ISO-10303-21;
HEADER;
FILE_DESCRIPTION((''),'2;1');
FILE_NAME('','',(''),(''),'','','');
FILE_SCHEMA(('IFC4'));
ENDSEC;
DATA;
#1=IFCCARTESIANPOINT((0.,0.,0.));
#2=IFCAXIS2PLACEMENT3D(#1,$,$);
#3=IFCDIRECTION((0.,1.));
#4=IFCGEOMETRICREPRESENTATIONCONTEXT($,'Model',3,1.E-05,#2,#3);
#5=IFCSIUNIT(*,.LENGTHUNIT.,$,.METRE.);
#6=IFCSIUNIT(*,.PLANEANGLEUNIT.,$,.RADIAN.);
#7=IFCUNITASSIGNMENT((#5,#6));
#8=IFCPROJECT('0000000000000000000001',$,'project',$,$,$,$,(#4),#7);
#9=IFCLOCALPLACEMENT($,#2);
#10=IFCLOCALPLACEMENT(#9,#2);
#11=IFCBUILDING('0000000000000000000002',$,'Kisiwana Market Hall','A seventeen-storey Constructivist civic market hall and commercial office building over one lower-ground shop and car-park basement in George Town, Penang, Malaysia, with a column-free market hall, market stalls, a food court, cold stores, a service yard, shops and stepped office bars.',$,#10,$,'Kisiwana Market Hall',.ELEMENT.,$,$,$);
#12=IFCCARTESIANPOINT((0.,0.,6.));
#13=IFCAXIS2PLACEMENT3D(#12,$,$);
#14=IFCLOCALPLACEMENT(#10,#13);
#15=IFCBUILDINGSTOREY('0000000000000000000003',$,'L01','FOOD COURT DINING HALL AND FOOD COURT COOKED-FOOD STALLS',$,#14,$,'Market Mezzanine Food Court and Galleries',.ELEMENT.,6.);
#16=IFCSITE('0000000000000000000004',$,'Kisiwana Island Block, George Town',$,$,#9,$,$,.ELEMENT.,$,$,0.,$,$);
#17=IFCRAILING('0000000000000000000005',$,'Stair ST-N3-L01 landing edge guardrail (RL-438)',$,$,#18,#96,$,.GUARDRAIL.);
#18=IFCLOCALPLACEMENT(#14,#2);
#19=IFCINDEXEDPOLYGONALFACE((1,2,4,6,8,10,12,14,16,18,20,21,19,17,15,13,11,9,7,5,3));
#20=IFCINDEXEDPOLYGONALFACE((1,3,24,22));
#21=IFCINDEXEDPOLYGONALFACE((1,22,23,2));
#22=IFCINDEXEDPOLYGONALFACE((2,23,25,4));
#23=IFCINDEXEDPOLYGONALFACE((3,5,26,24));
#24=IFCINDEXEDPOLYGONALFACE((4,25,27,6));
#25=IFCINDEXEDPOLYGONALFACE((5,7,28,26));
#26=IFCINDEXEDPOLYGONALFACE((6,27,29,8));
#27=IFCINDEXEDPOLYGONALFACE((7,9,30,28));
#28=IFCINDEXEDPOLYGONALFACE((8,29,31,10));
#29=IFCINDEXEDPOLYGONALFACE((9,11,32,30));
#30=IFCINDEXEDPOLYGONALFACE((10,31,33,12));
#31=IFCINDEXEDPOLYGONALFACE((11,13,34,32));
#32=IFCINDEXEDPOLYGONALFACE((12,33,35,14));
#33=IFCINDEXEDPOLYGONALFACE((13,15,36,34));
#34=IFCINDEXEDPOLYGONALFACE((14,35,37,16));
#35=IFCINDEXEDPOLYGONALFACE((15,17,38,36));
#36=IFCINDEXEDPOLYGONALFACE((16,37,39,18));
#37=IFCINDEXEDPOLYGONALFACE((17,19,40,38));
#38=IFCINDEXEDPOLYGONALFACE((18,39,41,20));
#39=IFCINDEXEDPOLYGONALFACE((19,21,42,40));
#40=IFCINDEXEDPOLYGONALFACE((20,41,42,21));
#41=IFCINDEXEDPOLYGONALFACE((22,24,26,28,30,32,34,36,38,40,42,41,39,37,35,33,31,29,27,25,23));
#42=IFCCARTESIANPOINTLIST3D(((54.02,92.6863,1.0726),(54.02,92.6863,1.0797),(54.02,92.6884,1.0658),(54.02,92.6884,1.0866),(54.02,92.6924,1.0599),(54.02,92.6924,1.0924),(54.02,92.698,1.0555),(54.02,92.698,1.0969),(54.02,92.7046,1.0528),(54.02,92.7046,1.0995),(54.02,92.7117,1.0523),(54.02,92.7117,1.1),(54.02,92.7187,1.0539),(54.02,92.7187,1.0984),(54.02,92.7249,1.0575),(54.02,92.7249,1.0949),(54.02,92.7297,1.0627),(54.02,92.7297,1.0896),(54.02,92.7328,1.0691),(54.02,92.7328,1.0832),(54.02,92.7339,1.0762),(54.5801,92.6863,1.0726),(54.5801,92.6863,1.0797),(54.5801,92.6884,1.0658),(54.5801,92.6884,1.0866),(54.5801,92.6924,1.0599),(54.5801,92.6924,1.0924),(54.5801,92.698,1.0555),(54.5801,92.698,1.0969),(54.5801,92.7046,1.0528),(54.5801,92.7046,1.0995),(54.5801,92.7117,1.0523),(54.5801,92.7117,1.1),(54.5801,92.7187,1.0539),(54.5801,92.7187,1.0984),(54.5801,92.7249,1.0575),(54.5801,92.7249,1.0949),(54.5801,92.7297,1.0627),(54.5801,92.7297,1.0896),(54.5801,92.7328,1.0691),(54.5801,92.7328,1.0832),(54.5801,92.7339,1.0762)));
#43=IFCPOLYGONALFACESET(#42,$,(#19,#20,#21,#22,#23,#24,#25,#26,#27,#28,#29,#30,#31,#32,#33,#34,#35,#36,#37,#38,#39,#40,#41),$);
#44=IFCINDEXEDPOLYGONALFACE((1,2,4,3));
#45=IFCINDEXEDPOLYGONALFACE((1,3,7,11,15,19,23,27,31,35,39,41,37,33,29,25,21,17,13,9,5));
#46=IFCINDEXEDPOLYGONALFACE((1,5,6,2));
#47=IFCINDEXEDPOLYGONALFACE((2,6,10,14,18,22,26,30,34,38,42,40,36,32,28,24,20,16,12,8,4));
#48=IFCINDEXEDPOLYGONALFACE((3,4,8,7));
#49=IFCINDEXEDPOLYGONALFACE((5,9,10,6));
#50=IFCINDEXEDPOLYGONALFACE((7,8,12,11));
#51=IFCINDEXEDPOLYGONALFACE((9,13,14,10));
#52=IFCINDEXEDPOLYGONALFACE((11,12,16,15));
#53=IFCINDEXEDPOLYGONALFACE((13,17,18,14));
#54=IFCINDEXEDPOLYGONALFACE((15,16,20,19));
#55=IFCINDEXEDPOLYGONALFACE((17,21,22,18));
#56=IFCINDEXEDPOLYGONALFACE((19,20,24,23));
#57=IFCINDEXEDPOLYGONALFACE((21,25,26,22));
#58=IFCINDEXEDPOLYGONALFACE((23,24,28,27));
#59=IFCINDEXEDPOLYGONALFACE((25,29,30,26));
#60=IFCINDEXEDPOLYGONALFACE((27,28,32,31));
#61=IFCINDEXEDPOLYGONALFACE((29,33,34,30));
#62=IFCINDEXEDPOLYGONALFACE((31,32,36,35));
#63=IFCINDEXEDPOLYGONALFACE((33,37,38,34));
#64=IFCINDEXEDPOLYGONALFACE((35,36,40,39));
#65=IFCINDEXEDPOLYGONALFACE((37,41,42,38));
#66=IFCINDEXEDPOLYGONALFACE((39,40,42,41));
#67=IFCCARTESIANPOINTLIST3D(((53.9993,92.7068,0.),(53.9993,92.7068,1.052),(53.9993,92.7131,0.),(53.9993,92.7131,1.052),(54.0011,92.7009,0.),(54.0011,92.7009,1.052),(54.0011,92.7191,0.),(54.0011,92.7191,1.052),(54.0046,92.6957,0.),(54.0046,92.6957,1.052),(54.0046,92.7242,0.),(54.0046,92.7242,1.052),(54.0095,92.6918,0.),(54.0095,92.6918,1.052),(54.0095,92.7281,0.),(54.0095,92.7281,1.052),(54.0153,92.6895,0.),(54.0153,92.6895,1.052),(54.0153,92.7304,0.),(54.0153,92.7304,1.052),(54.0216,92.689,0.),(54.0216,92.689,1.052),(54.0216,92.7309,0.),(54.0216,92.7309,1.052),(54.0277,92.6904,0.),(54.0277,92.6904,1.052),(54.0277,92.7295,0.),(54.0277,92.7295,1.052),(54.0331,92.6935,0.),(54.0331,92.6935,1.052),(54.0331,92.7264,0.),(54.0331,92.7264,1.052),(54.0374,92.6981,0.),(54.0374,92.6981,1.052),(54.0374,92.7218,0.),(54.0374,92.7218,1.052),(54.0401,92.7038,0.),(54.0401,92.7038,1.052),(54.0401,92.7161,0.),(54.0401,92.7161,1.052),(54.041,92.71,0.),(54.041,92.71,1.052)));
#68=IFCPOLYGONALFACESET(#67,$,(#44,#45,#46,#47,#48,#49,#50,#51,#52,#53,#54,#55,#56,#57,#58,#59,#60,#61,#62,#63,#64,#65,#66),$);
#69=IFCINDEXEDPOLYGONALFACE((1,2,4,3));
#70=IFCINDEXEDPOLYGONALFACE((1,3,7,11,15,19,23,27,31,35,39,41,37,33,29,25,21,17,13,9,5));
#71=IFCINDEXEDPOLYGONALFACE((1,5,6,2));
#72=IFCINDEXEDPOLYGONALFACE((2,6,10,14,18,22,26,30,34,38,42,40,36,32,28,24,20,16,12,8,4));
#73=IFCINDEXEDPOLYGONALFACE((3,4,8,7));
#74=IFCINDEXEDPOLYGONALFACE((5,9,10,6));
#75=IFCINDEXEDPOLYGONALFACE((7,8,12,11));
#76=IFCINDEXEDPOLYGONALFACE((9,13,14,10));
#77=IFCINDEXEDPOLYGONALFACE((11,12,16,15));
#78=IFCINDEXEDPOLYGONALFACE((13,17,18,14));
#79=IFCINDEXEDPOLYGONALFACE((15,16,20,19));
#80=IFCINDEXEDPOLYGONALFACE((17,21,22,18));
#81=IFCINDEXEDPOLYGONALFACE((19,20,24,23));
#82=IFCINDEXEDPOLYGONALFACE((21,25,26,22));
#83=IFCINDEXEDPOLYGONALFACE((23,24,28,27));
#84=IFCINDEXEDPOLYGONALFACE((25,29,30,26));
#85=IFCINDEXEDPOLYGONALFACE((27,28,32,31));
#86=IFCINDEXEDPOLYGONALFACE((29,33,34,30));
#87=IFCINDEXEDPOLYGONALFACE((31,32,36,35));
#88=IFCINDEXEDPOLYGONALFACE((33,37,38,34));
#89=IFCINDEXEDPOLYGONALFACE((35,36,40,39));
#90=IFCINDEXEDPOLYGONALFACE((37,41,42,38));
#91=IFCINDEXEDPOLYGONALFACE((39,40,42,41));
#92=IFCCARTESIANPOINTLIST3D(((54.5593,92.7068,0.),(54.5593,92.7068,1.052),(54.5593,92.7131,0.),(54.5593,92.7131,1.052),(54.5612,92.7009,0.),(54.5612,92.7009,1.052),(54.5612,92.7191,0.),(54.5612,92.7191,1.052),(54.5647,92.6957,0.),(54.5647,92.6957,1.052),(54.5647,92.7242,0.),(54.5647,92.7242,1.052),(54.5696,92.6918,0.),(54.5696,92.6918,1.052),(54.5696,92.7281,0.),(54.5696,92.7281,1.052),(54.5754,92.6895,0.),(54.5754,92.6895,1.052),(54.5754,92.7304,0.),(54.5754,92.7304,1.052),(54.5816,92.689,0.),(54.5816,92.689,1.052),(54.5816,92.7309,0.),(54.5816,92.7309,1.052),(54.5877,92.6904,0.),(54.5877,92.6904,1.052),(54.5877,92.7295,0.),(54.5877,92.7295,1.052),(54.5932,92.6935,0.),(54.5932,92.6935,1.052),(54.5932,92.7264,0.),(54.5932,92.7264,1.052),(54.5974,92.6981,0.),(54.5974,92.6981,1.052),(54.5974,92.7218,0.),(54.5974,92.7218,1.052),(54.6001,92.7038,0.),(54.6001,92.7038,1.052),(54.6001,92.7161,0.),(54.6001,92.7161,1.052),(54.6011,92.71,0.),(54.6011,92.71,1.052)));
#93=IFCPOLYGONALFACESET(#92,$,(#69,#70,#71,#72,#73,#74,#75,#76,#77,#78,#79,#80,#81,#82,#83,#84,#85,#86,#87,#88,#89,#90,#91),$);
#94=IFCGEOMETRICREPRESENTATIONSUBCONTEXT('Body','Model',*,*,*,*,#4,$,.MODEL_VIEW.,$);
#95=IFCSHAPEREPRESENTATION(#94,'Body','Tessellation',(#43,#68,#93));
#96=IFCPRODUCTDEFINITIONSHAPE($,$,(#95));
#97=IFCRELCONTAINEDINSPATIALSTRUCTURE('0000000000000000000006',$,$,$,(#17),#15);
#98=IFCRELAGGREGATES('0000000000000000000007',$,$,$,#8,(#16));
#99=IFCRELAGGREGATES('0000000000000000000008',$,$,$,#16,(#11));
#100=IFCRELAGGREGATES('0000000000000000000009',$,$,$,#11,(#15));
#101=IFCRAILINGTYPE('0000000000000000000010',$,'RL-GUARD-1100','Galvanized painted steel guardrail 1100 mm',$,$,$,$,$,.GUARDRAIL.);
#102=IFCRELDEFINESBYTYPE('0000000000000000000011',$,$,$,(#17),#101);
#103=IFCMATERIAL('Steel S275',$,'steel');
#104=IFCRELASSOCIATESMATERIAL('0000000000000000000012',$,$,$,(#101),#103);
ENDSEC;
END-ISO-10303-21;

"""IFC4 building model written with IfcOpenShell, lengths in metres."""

from ifc_helpers import new_model, si_unit, direction, frame, origin, origin_2d, place, context, subcontext, project, spatial, circle, extrude, material, type_object, element, save


model = new_model("IFC4")

# Units and contexts
model_context = context("Model", 3, precision=1e-05, world=origin(), true_north=direction((0.0, 1.0)))
body_context = subcontext(model_context, "Body", "Model", "MODEL_VIEW")
ifc_project = project(units=[si_unit("LENGTHUNIT", "METRE"), si_unit("PLANEANGLEUNIT", "RADIAN")], contexts=[model_context])

# Site, building, storey
site_placement = place(None, origin())
site = spatial("IfcSite", under=ifc_project, at=site_placement, Name="Kisiwana Island Block, George Town", CompositionType="ELEMENT", RefElevation=0.0)
building_placement = place(site_placement, origin())
building = spatial("IfcBuilding", under=site, at=building_placement, Name="Kisiwana Market Hall", Description="A seventeen-storey Constructivist civic market hall and commercial office building over one lower-ground shop and car-park basement in George Town, Penang, Malaysia, with a column-free market hall, market stalls, a food court, cold stores, a service yard, shops and stepped office bars.", LongName="Kisiwana Market Hall", CompositionType="ELEMENT")
storey_placement = place(building_placement, frame((0.0, 0.0, 6.0)))
storey = spatial("IfcBuildingStorey", under=building, at=storey_placement, Name="L01", Description="FOOD COURT DINING HALL AND FOOD COURT COOKED-FOOD STALLS", LongName="Market Mezzanine Food Court and Galleries", CompositionType="ELEMENT", Elevation=6.0)

# Railing
ifc_material_1 = material(Name="Steel S275", Category="steel")
railing_type_1 = type_object("IfcRailingType", Name="RL-GUARD-1100", Description="Galvanized painted steel guardrail 1100 mm", PredefinedType="GUARDRAIL", material=ifc_material_1)
railing_1_placement = place(storey_placement, frame((54.02, 92.71, 0.0)))
element("IfcRailing", 1, at=railing_1_placement, inside=storey, type_object=railing_type_1, Name="Stair ST-N3-L01 landing edge guardrail (RL-438)", PredefinedType="GUARDRAIL", context=body_context, shape_type="SweptSolid", body=[
    extrude(circle(Radius=0.0239, at=origin_2d()), frame((0.0, 0.0, 1.0762), z_axis=(1.0, 0.0, 0.0), x_axis=(0.0, 1.0, 0.0)), (0.0, 0.0, 1.0), 0.5601),
    extrude(circle(Radius=0.021, at=origin_2d()), origin(), (0.0, 0.0, 1.0), 1.052),
    extrude(circle(Radius=0.021, at=origin_2d()), frame((0.5601, 0.0, 0.0)), (0.0, 0.0, 1.0), 1.052),
])

save(model, "model.ifc")
